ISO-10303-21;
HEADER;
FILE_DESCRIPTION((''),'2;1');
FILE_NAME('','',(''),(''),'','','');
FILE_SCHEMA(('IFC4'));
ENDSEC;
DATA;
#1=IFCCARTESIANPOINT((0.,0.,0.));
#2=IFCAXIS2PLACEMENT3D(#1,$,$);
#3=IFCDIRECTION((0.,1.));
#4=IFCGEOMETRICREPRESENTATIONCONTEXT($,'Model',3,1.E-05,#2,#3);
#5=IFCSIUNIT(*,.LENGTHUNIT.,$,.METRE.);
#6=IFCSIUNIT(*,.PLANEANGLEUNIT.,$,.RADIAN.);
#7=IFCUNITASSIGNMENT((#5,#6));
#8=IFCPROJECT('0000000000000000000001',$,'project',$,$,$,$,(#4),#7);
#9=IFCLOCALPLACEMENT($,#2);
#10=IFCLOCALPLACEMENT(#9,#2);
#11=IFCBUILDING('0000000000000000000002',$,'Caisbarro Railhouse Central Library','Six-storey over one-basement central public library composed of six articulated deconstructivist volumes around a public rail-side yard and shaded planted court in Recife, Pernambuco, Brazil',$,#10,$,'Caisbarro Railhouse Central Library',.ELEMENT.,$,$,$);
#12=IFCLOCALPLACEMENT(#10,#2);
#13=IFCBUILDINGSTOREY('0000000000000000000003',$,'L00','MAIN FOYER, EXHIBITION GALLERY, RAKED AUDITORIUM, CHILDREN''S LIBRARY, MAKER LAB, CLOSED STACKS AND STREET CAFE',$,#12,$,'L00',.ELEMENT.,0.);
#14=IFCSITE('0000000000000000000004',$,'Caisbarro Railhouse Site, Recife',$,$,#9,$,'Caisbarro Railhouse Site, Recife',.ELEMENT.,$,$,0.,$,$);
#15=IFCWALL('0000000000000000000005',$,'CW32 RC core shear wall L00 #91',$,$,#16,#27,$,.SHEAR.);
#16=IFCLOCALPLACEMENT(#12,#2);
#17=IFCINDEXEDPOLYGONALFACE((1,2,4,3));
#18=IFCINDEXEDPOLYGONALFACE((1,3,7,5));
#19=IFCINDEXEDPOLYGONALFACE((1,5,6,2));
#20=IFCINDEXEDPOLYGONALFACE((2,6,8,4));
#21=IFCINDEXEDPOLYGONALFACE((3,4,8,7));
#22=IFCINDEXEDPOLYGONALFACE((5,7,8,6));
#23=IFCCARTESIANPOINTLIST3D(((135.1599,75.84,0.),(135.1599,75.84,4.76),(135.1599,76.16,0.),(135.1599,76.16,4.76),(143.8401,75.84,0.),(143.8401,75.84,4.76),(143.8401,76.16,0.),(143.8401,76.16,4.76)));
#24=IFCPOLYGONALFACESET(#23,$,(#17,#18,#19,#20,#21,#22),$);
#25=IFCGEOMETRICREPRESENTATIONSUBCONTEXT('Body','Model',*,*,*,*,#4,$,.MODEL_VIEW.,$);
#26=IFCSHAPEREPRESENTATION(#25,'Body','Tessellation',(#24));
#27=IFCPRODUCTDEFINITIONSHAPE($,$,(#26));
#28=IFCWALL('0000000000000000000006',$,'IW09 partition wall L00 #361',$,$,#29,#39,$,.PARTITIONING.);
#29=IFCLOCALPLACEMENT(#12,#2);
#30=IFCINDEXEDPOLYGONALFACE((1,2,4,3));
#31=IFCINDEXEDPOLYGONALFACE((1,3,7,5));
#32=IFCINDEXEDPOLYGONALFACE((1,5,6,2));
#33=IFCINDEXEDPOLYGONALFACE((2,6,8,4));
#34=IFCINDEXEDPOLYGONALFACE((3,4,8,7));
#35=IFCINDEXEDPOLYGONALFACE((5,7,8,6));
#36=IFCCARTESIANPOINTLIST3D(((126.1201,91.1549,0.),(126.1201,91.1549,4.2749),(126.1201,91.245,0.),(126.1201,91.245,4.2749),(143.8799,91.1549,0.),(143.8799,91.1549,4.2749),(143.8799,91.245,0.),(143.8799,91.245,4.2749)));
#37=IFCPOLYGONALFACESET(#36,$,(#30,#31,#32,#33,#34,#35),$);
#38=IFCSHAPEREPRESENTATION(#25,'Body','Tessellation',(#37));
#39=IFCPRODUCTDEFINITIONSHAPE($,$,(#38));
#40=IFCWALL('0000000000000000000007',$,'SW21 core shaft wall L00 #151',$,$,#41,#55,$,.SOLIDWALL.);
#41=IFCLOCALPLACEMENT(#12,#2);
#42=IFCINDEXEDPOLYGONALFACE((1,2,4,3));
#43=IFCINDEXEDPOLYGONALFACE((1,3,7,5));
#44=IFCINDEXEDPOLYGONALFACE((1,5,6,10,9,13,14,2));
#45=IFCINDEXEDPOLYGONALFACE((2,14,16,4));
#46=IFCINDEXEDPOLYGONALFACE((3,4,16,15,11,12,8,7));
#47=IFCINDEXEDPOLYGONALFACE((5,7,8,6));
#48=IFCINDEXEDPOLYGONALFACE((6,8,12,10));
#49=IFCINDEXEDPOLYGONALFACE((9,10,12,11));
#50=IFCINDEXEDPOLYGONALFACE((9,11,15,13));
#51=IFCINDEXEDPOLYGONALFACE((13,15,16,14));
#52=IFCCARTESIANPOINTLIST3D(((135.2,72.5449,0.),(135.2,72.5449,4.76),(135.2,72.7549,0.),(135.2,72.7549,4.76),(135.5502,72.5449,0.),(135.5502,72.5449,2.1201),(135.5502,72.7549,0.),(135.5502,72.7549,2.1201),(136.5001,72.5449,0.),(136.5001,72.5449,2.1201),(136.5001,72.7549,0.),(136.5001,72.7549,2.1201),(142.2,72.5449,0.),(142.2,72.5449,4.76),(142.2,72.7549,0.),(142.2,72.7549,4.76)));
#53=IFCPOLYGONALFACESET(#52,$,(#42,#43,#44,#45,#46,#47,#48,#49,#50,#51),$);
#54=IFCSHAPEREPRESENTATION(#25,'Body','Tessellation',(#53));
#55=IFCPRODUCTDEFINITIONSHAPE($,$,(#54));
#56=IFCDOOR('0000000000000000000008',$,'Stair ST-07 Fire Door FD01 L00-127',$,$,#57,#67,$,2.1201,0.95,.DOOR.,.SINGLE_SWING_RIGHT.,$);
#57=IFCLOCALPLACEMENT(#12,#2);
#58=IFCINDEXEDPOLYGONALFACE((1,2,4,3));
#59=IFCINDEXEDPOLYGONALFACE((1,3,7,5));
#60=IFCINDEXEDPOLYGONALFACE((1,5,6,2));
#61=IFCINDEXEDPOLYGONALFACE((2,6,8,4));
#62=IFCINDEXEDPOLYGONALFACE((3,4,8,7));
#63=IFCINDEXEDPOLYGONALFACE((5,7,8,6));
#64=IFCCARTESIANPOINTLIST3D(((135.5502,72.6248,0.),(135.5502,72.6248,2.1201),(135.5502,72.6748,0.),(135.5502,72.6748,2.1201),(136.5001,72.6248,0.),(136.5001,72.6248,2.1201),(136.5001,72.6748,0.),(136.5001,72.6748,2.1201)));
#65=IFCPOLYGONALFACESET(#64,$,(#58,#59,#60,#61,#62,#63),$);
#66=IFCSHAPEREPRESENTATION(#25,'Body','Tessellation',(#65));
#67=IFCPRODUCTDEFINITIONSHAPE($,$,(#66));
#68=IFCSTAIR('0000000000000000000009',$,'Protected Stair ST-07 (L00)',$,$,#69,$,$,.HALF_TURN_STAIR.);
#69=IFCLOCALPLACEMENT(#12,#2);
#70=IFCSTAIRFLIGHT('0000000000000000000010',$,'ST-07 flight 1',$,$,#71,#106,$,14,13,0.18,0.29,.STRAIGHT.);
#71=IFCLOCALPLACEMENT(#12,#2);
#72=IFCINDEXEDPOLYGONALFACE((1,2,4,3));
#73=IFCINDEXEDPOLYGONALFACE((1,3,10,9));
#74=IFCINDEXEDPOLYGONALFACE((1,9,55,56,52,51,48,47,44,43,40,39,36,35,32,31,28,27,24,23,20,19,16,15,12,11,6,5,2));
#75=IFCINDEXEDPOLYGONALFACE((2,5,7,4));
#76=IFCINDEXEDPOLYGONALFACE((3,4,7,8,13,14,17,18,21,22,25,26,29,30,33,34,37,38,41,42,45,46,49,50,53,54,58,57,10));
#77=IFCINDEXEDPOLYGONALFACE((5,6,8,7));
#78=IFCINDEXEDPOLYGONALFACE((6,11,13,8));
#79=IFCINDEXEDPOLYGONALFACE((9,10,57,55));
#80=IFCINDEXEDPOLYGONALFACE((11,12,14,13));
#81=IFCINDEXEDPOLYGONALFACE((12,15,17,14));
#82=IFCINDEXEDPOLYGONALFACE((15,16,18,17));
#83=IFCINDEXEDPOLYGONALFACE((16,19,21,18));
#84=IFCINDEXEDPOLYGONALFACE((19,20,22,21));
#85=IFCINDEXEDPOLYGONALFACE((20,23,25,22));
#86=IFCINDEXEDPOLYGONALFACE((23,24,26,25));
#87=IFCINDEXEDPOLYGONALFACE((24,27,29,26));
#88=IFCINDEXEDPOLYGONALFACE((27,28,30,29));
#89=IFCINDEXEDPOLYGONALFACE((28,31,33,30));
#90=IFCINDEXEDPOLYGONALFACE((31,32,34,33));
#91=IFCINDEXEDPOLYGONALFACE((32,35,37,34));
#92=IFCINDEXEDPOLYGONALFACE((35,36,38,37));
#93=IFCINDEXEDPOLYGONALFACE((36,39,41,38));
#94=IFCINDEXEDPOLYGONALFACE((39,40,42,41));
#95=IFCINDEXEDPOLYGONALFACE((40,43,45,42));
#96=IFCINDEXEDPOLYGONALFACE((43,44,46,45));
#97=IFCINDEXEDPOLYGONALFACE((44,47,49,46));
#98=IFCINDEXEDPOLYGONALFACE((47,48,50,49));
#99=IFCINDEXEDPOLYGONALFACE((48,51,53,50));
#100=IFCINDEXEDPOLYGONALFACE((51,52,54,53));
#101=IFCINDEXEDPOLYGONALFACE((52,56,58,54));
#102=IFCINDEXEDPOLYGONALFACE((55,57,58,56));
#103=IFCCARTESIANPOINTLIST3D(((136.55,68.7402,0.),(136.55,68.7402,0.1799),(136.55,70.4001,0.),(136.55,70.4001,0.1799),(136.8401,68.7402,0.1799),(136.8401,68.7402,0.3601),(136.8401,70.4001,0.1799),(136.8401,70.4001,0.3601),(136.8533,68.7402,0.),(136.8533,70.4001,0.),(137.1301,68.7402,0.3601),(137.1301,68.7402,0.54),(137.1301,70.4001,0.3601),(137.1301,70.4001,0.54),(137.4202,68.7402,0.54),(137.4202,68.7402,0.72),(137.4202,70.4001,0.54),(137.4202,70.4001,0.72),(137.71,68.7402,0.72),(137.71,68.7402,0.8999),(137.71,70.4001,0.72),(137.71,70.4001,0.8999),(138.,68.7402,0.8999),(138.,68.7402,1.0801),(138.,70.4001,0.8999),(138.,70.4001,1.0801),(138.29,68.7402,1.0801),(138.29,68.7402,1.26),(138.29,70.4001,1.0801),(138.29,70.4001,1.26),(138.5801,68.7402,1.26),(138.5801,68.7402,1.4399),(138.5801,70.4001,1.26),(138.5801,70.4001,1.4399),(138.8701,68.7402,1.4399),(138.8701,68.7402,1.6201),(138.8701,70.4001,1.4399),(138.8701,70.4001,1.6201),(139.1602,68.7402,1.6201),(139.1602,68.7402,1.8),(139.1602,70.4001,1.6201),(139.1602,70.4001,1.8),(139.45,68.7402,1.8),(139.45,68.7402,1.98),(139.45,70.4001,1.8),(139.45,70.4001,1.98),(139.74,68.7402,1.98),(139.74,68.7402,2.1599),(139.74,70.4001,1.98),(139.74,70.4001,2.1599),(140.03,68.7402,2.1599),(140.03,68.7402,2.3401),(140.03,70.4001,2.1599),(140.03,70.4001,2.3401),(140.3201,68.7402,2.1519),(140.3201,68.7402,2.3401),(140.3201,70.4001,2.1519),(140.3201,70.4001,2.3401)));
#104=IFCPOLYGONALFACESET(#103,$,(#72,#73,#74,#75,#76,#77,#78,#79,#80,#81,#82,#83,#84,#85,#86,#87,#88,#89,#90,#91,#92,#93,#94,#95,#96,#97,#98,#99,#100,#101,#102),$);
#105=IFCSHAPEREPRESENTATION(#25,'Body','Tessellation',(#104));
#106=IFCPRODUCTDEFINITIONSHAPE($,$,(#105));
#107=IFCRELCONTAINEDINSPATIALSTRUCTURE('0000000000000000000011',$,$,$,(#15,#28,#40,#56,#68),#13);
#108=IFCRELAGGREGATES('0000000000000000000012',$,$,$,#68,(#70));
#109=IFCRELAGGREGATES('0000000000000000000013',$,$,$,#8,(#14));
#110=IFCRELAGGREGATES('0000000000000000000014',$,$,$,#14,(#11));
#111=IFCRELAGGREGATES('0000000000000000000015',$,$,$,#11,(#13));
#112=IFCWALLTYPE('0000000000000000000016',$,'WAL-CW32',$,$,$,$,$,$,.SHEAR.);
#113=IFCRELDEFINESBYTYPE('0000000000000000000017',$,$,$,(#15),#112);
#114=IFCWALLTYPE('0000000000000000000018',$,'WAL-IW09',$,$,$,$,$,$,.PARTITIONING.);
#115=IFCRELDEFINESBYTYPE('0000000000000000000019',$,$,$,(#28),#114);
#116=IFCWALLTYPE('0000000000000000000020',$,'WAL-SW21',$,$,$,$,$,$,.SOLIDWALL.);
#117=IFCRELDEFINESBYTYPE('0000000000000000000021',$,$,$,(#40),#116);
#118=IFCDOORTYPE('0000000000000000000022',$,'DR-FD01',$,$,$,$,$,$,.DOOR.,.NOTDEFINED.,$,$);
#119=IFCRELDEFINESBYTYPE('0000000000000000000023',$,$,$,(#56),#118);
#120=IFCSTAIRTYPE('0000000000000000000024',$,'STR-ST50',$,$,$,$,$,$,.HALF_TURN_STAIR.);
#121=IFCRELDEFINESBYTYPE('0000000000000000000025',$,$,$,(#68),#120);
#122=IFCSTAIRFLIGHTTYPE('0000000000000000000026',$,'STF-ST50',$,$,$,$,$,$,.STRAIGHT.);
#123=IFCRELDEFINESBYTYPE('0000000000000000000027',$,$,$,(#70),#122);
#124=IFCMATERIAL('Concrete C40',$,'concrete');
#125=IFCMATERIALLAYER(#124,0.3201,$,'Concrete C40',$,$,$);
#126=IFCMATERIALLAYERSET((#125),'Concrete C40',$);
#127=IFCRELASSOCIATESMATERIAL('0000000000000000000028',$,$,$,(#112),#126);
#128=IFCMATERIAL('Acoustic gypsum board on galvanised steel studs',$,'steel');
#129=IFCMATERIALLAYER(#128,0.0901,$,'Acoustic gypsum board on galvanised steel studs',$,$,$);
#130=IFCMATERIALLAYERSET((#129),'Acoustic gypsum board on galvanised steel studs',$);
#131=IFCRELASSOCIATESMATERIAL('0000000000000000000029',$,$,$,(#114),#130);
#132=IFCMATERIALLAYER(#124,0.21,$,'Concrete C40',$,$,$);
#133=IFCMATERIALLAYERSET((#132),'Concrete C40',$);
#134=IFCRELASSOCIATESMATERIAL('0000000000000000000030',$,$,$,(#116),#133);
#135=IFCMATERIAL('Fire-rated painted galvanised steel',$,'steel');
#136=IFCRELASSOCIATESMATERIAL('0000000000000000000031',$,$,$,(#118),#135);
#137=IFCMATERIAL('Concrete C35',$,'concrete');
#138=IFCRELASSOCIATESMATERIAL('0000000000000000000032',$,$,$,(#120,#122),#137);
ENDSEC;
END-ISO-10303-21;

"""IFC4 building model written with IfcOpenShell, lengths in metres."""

from ifc_helpers import new_model, si_unit, direction, frame, frame_2d, origin, place, context, subcontext, project, spatial, polyline, rectangle, outline, extrude, material, layer, layer_set, type_object, element, fill, aggregate, save


model = new_model("IFC4")

# Units and contexts
model_context = context("Model", 3, precision=1e-05, world=origin(), true_north=direction((0.0, 1.0)))
body_context = subcontext(model_context, "Body", "Model", "MODEL_VIEW")
ifc_project = project(units=[si_unit("LENGTHUNIT", "METRE"), si_unit("PLANEANGLEUNIT", "RADIAN")], contexts=[model_context])

# Site, building, storey
site_placement = place(None, origin())
site = spatial("IfcSite", under=ifc_project, at=site_placement, Name="Caisbarro Railhouse Site, Recife", LongName="Caisbarro Railhouse Site, Recife", CompositionType="ELEMENT", RefElevation=0.0)
building_placement = place(site_placement, origin())
building = spatial("IfcBuilding", under=site, at=building_placement, Name="Caisbarro Railhouse Central Library", Description="Six-storey over one-basement central public library composed of six articulated deconstructivist volumes around a public rail-side yard and shaded planted court in Recife, Pernambuco, Brazil", LongName="Caisbarro Railhouse Central Library", CompositionType="ELEMENT")
storey_placement = place(building_placement, origin())
storey = spatial("IfcBuildingStorey", under=building, at=storey_placement, Name="L00", Description="MAIN FOYER, EXHIBITION GALLERY, RAKED AUDITORIUM, CHILDREN'S LIBRARY, MAKER LAB, CLOSED STACKS AND STREET CAFE", LongName="L00", CompositionType="ELEMENT", Elevation=0.0)

# Shared definitions
ifc_material_1 = material(Name="Concrete C40", Category="concrete")

# Walls
ifc_layer_1 = layer(ifc_material_1, 0.3201, Name="Concrete C40")
ifc_layer_set_1 = layer_set([ifc_layer_1], Name="Concrete C40")
wall_type_1 = type_object("IfcWallType", Name="WAL-CW32", PredefinedType="SHEAR", material=ifc_layer_set_1)
wall_1_placement = place(storey_placement, frame((135.1599, 76.0, 0.0), z_axis=(0.0, 0.0, 1.0), x_axis=(1.0, 0.0, 0.0)))
element("IfcWall", 1, at=wall_1_placement, inside=storey, type_object=wall_type_1, Name="CW32 RC core shear wall L00 #91", PredefinedType="SHEAR", context=body_context, shape_type="SweptSolid", body=[
    extrude(rectangle(XDim=8.6802, YDim=0.3201, at=frame_2d((4.3401, 0.0))), origin(), (0.0, 0.0, 1.0), 4.76),
])
ifc_material_2 = material(Name="Acoustic gypsum board on galvanised steel studs", Category="steel")
ifc_layer_2 = layer(ifc_material_2, 0.0901, Name="Acoustic gypsum board on galvanised steel studs")
ifc_layer_set_2 = layer_set([ifc_layer_2], Name="Acoustic gypsum board on galvanised steel studs")
wall_type_2 = type_object("IfcWallType", Name="WAL-IW09", PredefinedType="PARTITIONING", material=ifc_layer_set_2)
wall_2_placement = place(storey_placement, frame((126.1201, 91.2, 0.0), z_axis=(0.0, 0.0, 1.0), x_axis=(1.0, 0.0, 0.0)))
element("IfcWall", 2, at=wall_2_placement, inside=storey, type_object=wall_type_2, Name="IW09 partition wall L00 #361", PredefinedType="PARTITIONING", context=body_context, shape_type="SweptSolid", body=[
    extrude(rectangle(XDim=17.7598, YDim=0.0901, at=frame_2d((8.8799, 0.0))), origin(), (0.0, 0.0, 1.0), 4.2749),
])

# Wall, opening, door
ifc_layer_3 = layer(ifc_material_1, 0.21, Name="Concrete C40")
ifc_layer_set_3 = layer_set([ifc_layer_3], Name="Concrete C40")
wall_type_3 = type_object("IfcWallType", Name="WAL-SW21", PredefinedType="SOLIDWALL", material=ifc_layer_set_3)
wall_3_placement = place(storey_placement, frame((135.2, 72.6499, 0.0), z_axis=(0.0, 0.0, 1.0), x_axis=(1.0, 0.0, 0.0)))
wall_3 = element("IfcWall", 3, at=wall_3_placement, inside=storey, type_object=wall_type_3, Name="SW21 core shaft wall L00 #151", PredefinedType="SOLIDWALL", context=body_context, shape_type="SweptSolid", body=[
    extrude(rectangle(XDim=7.0, YDim=0.21, at=frame_2d((3.5, 0.0))), origin(), (0.0, 0.0, 1.0), 4.76),
])
opening_placement = place(wall_3_placement, frame((0.3501, 0.0, 0.0)))
opening = element("IfcOpeningElement", 4, at=opening_placement, cuts=wall_3, PredefinedType="OPENING", context=body_context, shape_type="SweptSolid", body=[
    extrude(rectangle(XDim=0.95, YDim=2.1201, at=frame_2d((0.4751, 1.0601))), frame((0.0, 0.115, 0.0), z_axis=(0.0, -1.0, 0.0), x_axis=(1.0, 0.0, 0.0)), (0.0, 0.0, 1.0), 0.23),
])
ifc_material_3 = material(Name="Fire-rated painted galvanised steel", Category="steel")
door_type = type_object("IfcDoorType", Name="DR-FD01", OperationType="NOTDEFINED", PredefinedType="DOOR", material=ifc_material_3)
door_placement = place(opening_placement, origin())
door = element("IfcDoor", 5, at=door_placement, inside=storey, type_object=door_type, Name="Stair ST-07 Fire Door FD01 L00-127", OperationType="SINGLE_SWING_RIGHT", OverallHeight=2.1201, OverallWidth=0.95, PredefinedType="DOOR", context=body_context, shape_type="SweptSolid", body=[
    extrude(rectangle(XDim=0.95, YDim=2.1201, at=frame_2d((0.4751, 1.0601))), frame((0.0, 0.0249, 0.0), z_axis=(0.0, -1.0, 0.0), x_axis=(1.0, 0.0, 0.0)), (0.0, 0.0, 1.0), 0.05),
])
fill(opening, door)

# Stair, stair flight
ifc_material_4 = material(Name="Concrete C35", Category="concrete")
stair_type = type_object("IfcStairType", Name="STR-ST50", PredefinedType="HALF_TURN_STAIR", material=ifc_material_4)
stair_placement = place(storey_placement, origin())
stair = element("IfcStair", 6, at=stair_placement, inside=storey, type_object=stair_type, Name="Protected Stair ST-07 (L00)", PredefinedType="HALF_TURN_STAIR")
stair_flight_type = type_object("IfcStairFlightType", Name="STF-ST50", PredefinedType="STRAIGHT", material=ifc_material_4)
stair_flight_placement = place(storey_placement, frame((136.55, 69.5701, 0.0), z_axis=(0.0, 0.0, 1.0), x_axis=(1.0, 0.0, 0.0)))
stair_flight = element("IfcStairFlight", 7, at=stair_flight_placement, type_object=stair_flight_type, Name="ST-07 flight 1", NumberOfRisers=14, NumberOfTreads=13, PredefinedType="STRAIGHT", RiserHeight=0.18, TreadLength=0.29, context=body_context, shape_type="SweptSolid", body=[
    extrude(outline(polyline([(0.0, 0.0), (0.0, 0.1799), (0.29, 0.1799), (0.29, 0.3601), (0.5801, 0.3601), (0.5801, 0.54), (0.8701, 0.54), (0.8701, 0.72), (1.1599, 0.72), (1.1599, 0.8999), (1.45, 0.8999), (1.45, 1.0801), (1.74, 1.0801), (1.74, 1.26), (2.03, 1.26), (2.03, 1.4399), (2.3201, 1.4399), (2.3201, 1.6201), (2.6101, 1.6201), (2.6101, 1.8), (2.8999, 1.8), (2.8999, 1.98), (3.1899, 1.98), (3.1899, 2.1599), (3.48, 2.1599), (3.48, 2.3401), (3.77, 2.3401), (3.77, 2.52), (3.77, 2.1519), (0.3032, 0.0), (0.0, 0.0)])), frame((0.0, 0.8301, 0.0), z_axis=(0.0, -1.0, 0.0), x_axis=(1.0, 0.0, 0.0)), (0.0, 0.0, 1.0), 1.6599),
])
aggregate(stair, [stair_flight])

save(model, "model.ifc")
